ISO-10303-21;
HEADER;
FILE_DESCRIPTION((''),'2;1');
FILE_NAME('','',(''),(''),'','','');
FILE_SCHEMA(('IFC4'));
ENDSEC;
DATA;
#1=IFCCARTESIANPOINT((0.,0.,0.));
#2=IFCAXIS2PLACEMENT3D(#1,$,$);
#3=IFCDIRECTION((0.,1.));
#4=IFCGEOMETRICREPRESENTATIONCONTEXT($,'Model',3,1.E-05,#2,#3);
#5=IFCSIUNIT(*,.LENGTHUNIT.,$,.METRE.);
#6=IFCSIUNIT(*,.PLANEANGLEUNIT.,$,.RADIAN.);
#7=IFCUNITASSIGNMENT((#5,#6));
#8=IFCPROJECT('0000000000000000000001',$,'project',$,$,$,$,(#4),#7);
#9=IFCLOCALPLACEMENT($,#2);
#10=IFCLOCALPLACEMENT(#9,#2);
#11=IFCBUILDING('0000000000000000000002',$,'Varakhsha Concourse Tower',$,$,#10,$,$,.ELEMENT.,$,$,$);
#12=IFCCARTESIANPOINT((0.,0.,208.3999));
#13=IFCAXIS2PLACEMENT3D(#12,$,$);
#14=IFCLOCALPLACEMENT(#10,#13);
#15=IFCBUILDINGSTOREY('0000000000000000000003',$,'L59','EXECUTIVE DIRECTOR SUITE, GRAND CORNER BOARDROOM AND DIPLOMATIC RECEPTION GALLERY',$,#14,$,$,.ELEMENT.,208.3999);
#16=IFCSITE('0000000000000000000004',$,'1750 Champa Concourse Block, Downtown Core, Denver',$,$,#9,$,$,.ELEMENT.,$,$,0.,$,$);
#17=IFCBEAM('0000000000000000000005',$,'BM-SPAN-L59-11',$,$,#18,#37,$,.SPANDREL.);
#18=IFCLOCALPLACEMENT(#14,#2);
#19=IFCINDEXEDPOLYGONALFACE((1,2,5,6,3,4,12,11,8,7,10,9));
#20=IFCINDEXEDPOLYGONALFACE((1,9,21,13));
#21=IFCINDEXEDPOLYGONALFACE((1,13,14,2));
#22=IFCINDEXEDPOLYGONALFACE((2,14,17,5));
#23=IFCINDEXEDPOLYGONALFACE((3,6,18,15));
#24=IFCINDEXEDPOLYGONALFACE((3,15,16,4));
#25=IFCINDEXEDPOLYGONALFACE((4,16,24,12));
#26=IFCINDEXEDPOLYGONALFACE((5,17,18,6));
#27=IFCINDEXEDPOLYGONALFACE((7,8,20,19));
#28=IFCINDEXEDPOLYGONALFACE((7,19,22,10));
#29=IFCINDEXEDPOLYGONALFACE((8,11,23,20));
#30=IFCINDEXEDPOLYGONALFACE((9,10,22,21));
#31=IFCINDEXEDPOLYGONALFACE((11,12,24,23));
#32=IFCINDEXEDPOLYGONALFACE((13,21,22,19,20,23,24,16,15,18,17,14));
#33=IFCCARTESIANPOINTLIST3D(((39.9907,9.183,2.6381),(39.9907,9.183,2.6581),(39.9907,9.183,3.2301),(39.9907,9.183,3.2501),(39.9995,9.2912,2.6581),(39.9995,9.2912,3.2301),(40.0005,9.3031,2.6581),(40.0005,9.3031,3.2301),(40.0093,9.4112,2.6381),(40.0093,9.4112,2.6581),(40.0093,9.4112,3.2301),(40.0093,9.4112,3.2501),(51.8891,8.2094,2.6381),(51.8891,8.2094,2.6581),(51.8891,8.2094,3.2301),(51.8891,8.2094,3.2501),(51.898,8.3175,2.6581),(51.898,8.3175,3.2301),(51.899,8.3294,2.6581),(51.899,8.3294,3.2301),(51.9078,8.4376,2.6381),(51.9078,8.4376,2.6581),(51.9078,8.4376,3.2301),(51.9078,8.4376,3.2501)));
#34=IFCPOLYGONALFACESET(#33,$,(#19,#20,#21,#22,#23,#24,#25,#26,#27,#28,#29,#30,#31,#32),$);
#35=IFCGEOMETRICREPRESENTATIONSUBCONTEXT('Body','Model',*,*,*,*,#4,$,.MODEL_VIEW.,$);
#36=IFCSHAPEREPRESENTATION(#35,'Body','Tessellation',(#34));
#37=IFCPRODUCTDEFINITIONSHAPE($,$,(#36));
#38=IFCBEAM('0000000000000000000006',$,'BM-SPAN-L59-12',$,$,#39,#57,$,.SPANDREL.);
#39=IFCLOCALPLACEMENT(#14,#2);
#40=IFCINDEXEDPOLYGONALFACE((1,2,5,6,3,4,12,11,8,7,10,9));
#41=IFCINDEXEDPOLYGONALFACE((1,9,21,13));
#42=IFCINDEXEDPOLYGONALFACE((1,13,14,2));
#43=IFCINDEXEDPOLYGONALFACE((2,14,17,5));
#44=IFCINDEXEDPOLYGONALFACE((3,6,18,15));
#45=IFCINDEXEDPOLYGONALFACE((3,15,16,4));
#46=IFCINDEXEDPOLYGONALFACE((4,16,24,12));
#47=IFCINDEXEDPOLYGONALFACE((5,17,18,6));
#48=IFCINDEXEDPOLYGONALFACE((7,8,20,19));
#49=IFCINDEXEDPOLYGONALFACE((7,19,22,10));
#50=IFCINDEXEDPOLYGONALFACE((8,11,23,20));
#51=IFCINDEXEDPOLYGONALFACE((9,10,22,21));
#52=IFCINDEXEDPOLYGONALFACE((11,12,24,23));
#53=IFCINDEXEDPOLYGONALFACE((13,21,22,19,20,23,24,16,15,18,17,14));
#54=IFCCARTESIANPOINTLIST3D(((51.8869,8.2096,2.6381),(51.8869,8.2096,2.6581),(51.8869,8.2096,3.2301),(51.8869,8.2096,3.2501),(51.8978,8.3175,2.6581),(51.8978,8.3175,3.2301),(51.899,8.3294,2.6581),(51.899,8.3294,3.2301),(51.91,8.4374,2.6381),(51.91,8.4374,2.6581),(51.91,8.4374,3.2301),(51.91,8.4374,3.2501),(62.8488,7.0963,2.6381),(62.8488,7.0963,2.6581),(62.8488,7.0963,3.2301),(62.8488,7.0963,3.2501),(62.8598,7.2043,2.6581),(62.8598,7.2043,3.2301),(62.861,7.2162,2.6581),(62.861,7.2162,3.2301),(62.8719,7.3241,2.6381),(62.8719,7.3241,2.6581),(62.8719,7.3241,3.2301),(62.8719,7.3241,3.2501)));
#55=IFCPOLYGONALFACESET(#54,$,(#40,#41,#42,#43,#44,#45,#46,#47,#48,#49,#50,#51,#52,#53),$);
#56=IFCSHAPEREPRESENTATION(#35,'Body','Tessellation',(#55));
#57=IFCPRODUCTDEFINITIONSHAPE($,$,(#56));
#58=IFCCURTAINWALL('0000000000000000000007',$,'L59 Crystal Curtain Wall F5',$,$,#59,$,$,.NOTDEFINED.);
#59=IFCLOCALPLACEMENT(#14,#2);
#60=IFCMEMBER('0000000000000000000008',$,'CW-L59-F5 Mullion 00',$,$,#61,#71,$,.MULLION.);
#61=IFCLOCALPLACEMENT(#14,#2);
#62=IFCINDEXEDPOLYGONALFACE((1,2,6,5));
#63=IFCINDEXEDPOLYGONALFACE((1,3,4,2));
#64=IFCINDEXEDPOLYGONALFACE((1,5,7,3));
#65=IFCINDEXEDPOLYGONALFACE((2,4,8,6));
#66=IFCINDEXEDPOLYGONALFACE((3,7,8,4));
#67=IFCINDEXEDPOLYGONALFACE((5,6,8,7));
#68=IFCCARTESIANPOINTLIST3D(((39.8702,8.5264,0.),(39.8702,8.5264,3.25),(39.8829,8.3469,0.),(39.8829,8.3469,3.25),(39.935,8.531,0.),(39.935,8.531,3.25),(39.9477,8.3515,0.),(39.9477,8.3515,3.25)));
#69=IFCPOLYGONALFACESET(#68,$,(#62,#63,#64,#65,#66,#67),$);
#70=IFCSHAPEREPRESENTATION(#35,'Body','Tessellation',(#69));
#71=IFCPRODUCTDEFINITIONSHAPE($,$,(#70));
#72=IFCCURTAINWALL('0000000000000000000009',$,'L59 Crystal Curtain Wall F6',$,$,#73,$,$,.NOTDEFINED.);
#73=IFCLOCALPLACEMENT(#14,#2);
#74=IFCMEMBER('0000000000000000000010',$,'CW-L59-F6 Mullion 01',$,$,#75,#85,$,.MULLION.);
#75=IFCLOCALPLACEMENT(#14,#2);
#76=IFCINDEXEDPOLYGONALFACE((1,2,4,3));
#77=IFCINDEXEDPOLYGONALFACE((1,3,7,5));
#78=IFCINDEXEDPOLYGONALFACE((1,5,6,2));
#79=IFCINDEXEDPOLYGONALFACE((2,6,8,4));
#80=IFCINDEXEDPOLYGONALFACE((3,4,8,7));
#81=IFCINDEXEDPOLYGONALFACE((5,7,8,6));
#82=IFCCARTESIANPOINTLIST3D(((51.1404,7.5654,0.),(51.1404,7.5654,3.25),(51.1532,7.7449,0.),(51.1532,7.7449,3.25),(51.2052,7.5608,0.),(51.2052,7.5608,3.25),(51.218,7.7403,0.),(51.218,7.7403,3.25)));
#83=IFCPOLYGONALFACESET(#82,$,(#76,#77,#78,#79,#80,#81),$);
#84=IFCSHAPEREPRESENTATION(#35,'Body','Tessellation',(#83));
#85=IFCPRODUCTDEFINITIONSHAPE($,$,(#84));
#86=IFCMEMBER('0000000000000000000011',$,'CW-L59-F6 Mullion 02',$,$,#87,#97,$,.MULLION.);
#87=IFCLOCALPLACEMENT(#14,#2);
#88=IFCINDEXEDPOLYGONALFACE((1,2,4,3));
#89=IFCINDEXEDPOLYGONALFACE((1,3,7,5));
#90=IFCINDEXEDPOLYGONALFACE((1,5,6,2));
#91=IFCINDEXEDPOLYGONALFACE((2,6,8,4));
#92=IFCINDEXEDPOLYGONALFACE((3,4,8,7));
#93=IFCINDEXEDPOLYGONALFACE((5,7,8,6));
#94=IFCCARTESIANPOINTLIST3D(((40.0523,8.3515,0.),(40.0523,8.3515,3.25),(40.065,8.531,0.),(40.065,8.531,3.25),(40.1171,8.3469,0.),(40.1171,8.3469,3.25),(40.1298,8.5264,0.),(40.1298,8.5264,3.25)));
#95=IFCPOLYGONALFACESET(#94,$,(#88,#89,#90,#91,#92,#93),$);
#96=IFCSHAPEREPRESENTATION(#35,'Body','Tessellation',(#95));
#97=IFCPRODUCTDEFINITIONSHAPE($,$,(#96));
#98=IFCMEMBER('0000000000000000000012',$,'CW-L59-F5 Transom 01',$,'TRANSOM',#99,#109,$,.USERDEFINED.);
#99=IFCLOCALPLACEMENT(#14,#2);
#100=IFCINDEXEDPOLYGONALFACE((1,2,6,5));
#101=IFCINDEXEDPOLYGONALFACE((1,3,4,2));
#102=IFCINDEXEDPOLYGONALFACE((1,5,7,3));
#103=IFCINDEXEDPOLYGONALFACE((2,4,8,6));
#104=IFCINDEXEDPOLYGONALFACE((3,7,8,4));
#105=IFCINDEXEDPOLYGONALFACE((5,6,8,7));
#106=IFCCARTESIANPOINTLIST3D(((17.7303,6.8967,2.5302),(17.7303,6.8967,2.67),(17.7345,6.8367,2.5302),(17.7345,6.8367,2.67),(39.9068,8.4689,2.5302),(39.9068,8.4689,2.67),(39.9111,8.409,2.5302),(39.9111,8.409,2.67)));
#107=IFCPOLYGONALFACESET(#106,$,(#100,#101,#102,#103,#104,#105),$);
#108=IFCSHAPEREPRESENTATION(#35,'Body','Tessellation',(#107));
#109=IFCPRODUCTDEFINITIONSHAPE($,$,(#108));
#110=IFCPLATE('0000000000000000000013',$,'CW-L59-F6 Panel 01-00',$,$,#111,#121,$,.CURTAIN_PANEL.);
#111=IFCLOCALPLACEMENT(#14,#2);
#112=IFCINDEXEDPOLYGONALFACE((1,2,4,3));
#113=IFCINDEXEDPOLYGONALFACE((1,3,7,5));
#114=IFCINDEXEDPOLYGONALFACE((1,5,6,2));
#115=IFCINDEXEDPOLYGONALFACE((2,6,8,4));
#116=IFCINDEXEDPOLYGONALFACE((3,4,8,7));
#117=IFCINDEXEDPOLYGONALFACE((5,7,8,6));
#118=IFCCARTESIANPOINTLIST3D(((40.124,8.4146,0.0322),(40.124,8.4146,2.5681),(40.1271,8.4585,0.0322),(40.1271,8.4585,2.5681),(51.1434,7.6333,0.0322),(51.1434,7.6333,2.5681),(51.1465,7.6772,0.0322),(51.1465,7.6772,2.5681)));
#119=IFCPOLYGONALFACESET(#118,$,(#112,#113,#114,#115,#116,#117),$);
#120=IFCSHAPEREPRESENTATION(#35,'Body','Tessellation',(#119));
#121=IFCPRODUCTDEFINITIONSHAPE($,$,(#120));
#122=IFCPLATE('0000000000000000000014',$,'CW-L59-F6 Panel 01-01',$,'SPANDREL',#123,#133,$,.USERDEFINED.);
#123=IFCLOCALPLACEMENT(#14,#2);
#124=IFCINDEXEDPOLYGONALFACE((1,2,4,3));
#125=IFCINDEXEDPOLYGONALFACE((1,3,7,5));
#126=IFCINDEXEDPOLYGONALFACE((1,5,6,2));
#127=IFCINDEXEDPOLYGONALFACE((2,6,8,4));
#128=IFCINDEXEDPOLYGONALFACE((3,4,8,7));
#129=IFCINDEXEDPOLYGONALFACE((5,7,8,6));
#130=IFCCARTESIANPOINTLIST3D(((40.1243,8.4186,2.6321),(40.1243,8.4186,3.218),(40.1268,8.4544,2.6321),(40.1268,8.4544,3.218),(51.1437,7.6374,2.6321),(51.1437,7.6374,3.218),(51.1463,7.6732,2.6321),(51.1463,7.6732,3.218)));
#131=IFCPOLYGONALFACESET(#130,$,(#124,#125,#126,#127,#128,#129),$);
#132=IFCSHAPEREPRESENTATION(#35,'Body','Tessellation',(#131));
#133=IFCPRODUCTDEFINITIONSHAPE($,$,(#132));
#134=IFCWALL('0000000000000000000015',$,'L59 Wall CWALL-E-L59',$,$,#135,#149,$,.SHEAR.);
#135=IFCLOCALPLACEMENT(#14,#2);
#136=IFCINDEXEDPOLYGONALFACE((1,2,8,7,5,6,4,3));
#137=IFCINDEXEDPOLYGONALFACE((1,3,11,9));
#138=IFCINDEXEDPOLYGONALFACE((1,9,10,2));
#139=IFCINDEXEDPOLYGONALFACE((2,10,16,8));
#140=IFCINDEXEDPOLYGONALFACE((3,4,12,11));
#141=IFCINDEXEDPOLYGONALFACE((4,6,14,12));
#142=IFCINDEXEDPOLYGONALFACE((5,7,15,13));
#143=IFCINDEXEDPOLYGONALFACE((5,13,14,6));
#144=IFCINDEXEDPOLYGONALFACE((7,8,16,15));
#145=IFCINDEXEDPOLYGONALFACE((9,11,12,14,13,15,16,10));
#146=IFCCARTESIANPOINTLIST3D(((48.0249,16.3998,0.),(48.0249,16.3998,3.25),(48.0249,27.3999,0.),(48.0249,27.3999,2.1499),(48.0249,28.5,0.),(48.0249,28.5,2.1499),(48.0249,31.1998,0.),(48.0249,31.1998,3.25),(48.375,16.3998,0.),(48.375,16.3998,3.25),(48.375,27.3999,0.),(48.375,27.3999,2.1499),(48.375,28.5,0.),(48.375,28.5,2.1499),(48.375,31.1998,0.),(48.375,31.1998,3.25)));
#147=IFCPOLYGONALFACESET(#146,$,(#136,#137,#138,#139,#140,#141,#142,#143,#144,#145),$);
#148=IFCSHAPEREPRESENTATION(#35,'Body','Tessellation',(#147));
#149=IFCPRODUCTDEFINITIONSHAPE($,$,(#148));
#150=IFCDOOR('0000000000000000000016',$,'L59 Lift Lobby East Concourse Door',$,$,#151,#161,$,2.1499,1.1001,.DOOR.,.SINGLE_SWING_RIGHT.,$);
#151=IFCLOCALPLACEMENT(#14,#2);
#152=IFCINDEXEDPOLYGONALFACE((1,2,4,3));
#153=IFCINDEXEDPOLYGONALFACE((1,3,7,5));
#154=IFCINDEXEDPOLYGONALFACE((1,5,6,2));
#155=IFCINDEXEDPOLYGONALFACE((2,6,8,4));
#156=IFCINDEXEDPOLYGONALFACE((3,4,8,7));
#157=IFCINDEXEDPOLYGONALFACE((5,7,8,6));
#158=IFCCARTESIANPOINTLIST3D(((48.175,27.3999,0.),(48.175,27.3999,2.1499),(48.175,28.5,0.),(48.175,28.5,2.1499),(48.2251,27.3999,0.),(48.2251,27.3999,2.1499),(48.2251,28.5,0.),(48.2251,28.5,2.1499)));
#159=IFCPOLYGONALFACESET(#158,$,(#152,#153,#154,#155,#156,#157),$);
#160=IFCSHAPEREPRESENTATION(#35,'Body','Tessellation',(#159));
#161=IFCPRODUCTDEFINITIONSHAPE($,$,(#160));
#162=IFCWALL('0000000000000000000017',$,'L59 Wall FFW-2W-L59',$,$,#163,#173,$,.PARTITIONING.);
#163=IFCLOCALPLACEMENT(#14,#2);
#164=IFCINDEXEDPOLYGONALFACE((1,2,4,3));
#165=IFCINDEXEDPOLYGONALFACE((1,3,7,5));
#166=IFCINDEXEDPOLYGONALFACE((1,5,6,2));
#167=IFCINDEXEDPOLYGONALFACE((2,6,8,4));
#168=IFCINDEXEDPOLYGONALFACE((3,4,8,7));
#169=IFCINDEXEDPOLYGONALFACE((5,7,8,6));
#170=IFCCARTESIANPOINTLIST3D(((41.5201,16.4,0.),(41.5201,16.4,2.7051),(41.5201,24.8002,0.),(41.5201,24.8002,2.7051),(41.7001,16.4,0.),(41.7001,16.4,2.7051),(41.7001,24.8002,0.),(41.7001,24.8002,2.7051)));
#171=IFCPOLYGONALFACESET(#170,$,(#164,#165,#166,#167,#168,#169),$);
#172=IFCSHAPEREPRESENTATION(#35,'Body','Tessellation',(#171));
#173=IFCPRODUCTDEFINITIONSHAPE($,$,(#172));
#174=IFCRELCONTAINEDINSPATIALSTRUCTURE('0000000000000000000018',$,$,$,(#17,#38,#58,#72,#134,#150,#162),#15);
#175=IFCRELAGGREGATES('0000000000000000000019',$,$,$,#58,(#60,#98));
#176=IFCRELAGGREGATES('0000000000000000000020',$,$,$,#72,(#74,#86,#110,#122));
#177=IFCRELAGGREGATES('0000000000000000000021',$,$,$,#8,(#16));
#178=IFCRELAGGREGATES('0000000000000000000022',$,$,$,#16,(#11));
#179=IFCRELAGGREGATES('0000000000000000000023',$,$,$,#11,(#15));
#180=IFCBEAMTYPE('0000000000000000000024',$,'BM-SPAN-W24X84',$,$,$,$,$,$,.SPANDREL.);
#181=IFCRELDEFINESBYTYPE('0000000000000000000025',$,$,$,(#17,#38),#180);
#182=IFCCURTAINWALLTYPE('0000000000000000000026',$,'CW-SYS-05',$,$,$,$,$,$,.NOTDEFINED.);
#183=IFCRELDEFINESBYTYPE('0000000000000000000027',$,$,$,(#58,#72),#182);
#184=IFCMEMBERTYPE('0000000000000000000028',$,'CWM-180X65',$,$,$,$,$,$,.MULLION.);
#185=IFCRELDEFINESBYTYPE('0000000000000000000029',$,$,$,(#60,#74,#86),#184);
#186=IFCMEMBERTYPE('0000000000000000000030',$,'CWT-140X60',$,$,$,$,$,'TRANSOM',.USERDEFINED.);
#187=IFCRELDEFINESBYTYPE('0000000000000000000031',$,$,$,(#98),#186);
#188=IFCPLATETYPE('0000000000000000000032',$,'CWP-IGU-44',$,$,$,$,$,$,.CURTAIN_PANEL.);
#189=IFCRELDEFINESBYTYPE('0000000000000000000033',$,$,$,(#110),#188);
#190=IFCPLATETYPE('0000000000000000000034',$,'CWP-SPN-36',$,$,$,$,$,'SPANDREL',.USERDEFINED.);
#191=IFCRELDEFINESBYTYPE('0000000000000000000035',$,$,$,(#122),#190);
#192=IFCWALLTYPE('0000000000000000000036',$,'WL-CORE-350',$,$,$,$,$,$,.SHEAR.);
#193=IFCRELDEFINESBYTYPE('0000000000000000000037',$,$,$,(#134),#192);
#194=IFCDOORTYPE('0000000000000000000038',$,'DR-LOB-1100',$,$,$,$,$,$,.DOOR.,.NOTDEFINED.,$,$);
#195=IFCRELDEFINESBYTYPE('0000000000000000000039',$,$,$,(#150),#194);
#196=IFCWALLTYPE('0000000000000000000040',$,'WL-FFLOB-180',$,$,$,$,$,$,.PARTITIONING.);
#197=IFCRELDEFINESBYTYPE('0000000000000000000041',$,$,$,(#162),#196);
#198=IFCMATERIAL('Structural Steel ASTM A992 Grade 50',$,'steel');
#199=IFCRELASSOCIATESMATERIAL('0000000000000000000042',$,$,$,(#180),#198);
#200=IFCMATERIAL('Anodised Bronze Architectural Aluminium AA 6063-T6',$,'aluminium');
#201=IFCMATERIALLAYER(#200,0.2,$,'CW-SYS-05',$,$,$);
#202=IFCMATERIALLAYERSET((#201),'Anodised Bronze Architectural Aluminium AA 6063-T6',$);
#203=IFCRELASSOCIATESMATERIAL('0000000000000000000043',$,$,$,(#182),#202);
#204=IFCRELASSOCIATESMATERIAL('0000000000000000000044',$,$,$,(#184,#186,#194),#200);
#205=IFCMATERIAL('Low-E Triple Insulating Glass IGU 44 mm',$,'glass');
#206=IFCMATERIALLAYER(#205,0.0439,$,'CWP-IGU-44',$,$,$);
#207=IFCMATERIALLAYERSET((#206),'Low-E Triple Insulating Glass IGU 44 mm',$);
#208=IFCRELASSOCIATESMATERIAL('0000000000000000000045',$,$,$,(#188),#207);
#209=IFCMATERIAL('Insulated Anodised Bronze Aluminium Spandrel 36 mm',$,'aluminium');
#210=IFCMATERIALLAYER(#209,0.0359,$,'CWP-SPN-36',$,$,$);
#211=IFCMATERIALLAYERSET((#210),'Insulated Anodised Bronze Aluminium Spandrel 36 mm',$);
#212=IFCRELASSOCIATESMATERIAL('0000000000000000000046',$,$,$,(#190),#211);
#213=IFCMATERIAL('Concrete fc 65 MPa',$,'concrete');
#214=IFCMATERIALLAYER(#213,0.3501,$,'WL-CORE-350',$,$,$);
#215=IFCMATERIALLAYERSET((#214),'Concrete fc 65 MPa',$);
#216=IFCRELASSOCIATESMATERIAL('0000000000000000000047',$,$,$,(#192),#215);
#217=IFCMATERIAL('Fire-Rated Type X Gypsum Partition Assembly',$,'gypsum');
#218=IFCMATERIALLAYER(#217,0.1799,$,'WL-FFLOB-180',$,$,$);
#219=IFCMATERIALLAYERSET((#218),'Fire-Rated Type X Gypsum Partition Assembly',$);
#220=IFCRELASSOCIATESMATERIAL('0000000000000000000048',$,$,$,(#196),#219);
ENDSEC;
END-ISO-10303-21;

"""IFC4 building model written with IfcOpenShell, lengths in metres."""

from ifc_helpers import new_model, si_unit, direction, frame, frame_2d, origin, origin_2d, place, context, subcontext, project, spatial, rectangle, i_section, extrude, source, transform, mapped, material, layer, layer_set, material_profile, profile_set, type_object, type_shapes, element, fill, aggregate, save


model = new_model("IFC4")

# Units and contexts
model_context = context("Model", 3, precision=1e-05, world=origin(), true_north=direction((0.0, 1.0)))
body_context = subcontext(model_context, "Body", "Model", "MODEL_VIEW")
ifc_project = project(units=[si_unit("LENGTHUNIT", "METRE"), si_unit("PLANEANGLEUNIT", "RADIAN")], contexts=[model_context])

# Site, building, storey
site_placement = place(None, origin())
site = spatial("IfcSite", under=ifc_project, at=site_placement, Name="1750 Champa Concourse Block, Downtown Core, Denver", CompositionType="ELEMENT", RefElevation=0.0)
building_placement = place(site_placement, origin())
building = spatial("IfcBuilding", under=site, at=building_placement, Name="Varakhsha Concourse Tower", CompositionType="ELEMENT")
storey_placement = place(building_placement, frame((0.0, 0.0, 208.3999)))
storey = spatial("IfcBuildingStorey", under=building, at=storey_placement, Name="L59", Description="EXECUTIVE DIRECTOR SUITE, GRAND CORNER BOARDROOM AND DIPLOMATIC RECEPTION GALLERY", CompositionType="ELEMENT", Elevation=208.3999)

# Shared definitions
ifc_material_1 = material(Name="Structural Steel ASTM A992 Grade 50", Category="steel")
ifc_material_2 = material(Name="Concrete fc 65 MPa", Category="concrete")

# Beams
ifc_material_profile_1 = material_profile(ifc_material_1, i_section(OverallWidth=0.229, OverallDepth=0.6121, WebThickness=0.012, FlangeThickness=0.02, at=origin_2d()), Name="W24X84")
ifc_profile_set_1 = profile_set([ifc_material_profile_1], Name="Structural Steel ASTM A992 Grade 50")
beam_type_1 = type_object("IfcBeamType", Name="BM-SPAN-W24X84", PredefinedType="SPANDREL", material=ifc_profile_set_1)
beam_1_placement = place(storey_placement, frame((40.0, 9.2971, 2.9441), z_axis=(0.996669, -0.081556, 0.0), x_axis=(0.081556, 0.996669, 0.0)))
element("IfcBeam", 1, at=beam_1_placement, inside=storey, type_object=beam_type_1, Name="BM-SPAN-L59-11", PredefinedType="SPANDREL", context=body_context, shape_type="SweptSolid", body=[
    extrude(i_section(OverallWidth=0.229, OverallDepth=0.6121, WebThickness=0.012, FlangeThickness=0.02, at=origin_2d()), origin(), (0.0, 0.0, 1.0), 11.9382),
])
beam_2_placement = place(storey_placement, frame((51.8984, 8.3235, 2.9441), z_axis=(0.994882, -0.101039, 0.0), x_axis=(0.101039, 0.994882, 0.0)))
element("IfcBeam", 2, at=beam_2_placement, inside=storey, type_object=beam_type_1, Name="BM-SPAN-L59-12", PredefinedType="SPANDREL", context=body_context, shape_type="SweptSolid", body=[
    extrude(i_section(OverallWidth=0.229, OverallDepth=0.6121, WebThickness=0.012, FlangeThickness=0.02, at=origin_2d()), origin(), (0.0, 0.0, 1.0), 11.0183),
])

# Curtain wall, member
ifc_material_3 = material(Name="Anodised Bronze Architectural Aluminium AA 6063-T6", Category="aluminium")
ifc_layer_1 = layer(ifc_material_3, 0.2, Name="CW-SYS-05")
ifc_layer_set_1 = layer_set([ifc_layer_1], Name="Anodised Bronze Architectural Aluminium AA 6063-T6")
curtain_wall_type = type_object("IfcCurtainWallType", Name="CW-SYS-05", PredefinedType="NOTDEFINED", material=ifc_layer_set_1)
curtain_wall_1_placement = place(storey_placement, origin())
curtain_wall_1 = element("IfcCurtainWall", 3, at=curtain_wall_1_placement, inside=storey, type_object=curtain_wall_type, Name="L59 Crystal Curtain Wall F5", PredefinedType="NOTDEFINED")
ifc_material_profile_2 = material_profile(ifc_material_3, rectangle(XDim=0.0649, YDim=0.1799, at=origin_2d()), Name="CWM-180X65")
ifc_profile_set_2 = profile_set([ifc_material_profile_2], Name="Anodised Bronze Architectural Aluminium AA 6063-T6")
member_type_1 = type_object("IfcMemberType", Name="CWM-180X65", PredefinedType="MULLION", material=ifc_profile_set_2)
shared_shape_1 = source(origin(), body_context, "Body", "SweptSolid", [
    extrude(rectangle(XDim=0.0649, YDim=0.1799, at=origin_2d()), origin(), (0.0, 0.0, 1.0), 3.25),
])
type_shapes(member_type_1, [shared_shape_1])
member_1_placement = place(storey_placement, frame((39.9089, 8.439, 0.0), z_axis=(0.0, 0.0, 1.0), x_axis=(-0.997496, -0.070723, 0.0)))
member_1 = element("IfcMember", 4, at=member_1_placement, type_object=member_type_1, Name="CW-L59-F5 Mullion 00", PredefinedType="MULLION", context=body_context, shape_type="MappedRepresentation", body=[
    mapped(shared_shape_1, transform((0.0, 0.0, 0.0), scale=1.0)),
])

# Curtain wall, members
curtain_wall_2_placement = place(storey_placement, origin())
curtain_wall_2 = element("IfcCurtainWall", 5, at=curtain_wall_2_placement, inside=storey, type_object=curtain_wall_type, Name="L59 Crystal Curtain Wall F6", PredefinedType="NOTDEFINED")
member_2_placement = place(storey_placement, frame((51.1792, 7.6528, 0.0), z_axis=(0.0, 0.0, 1.0), x_axis=(-0.997496, 0.070723, 0.0)))
member_2 = element("IfcMember", 6, at=member_2_placement, type_object=member_type_1, Name="CW-L59-F6 Mullion 01", PredefinedType="MULLION", context=body_context, shape_type="MappedRepresentation", body=[
    mapped(shared_shape_1, transform((0.0, 0.0, 0.0), scale=1.0)),
])
member_3_placement = place(storey_placement, frame((40.0911, 8.439, 0.0), z_axis=(0.0, 0.0, 1.0), x_axis=(-0.997496, 0.070723, 0.0)))
member_3 = element("IfcMember", 7, at=member_3_placement, type_object=member_type_1, Name="CW-L59-F6 Mullion 02", PredefinedType="MULLION", context=body_context, shape_type="MappedRepresentation", body=[
    mapped(shared_shape_1, transform((0.0, 0.0, 0.0), scale=1.0)),
])

# Member
ifc_material_profile_3 = material_profile(ifc_material_3, rectangle(XDim=0.0601, YDim=0.1399, at=origin_2d()), Name="CWT-140X60")
ifc_profile_set_3 = profile_set([ifc_material_profile_3], Name="Anodised Bronze Architectural Aluminium AA 6063-T6")
member_type_2 = type_object("IfcMemberType", Name="CWT-140X60", ElementType="TRANSOM", PredefinedType="USERDEFINED", material=ifc_profile_set_3)
shared_shape_2 = source(origin(), body_context, "Body", "SweptSolid", [
    extrude(rectangle(XDim=0.0601, YDim=0.1399, at=origin_2d()), origin(), (0.0, 0.0, 1.0), 22.2322),
])
type_shapes(member_type_2, [shared_shape_2])
member_4_placement = place(storey_placement, frame((39.9089, 8.439, 2.6001), z_axis=(-0.997496, -0.07072, 0.0), x_axis=(0.07072, -0.997496, 0.0)))
member_4 = element("IfcMember", 8, at=member_4_placement, type_object=member_type_2, Name="CW-L59-F5 Transom 01", ObjectType="TRANSOM", PredefinedType="USERDEFINED", context=body_context, shape_type="MappedRepresentation", body=[
    mapped(shared_shape_2, transform((0.0, 0.0, 0.0), scale=1.0)),
])
aggregate(curtain_wall_1, [member_1, member_4])

# Plates
ifc_material_4 = material(Name="Low-E Triple Insulating Glass IGU 44 mm", Category="glass")
ifc_layer_2 = layer(ifc_material_4, 0.0439, Name="CWP-IGU-44")
ifc_layer_set_2 = layer_set([ifc_layer_2], Name="Low-E Triple Insulating Glass IGU 44 mm")
plate_type_1 = type_object("IfcPlateType", Name="CWP-IGU-44", PredefinedType="CURTAIN_PANEL", material=ifc_layer_set_2)
shared_shape_3 = source(origin(), body_context, "Body", "SweptSolid", [
    extrude(rectangle(XDim=11.0471, YDim=0.0439, at=origin_2d()), origin(), (0.0, 0.0, 1.0), 2.5359),
])
type_shapes(plate_type_1, [shared_shape_3])
plate_1_placement = place(storey_placement, frame((45.6353, 8.0459, 0.0322), z_axis=(0.0, 0.0, 1.0), x_axis=(-0.997496, 0.070723, 0.0)))
plate_1 = element("IfcPlate", 9, at=plate_1_placement, type_object=plate_type_1, Name="CW-L59-F6 Panel 01-00", PredefinedType="CURTAIN_PANEL", context=body_context, shape_type="MappedRepresentation", body=[
    mapped(shared_shape_3, transform((0.0, 0.0, 0.0), scale=1.0)),
])
ifc_material_5 = material(Name="Insulated Anodised Bronze Aluminium Spandrel 36 mm", Category="aluminium")
ifc_layer_3 = layer(ifc_material_5, 0.0359, Name="CWP-SPN-36")
ifc_layer_set_3 = layer_set([ifc_layer_3], Name="Insulated Anodised Bronze Aluminium Spandrel 36 mm")
plate_type_2 = type_object("IfcPlateType", Name="CWP-SPN-36", ElementType="SPANDREL", PredefinedType="USERDEFINED", material=ifc_layer_set_3)
shared_shape_4 = source(origin(), body_context, "Body", "SweptSolid", [
    extrude(rectangle(XDim=11.0471, YDim=0.0359, at=origin_2d()), origin(), (0.0, 0.0, 1.0), 0.5859),
])
type_shapes(plate_type_2, [shared_shape_4])
plate_2_placement = place(storey_placement, frame((45.6353, 8.0459, 2.6321), z_axis=(0.0, 0.0, 1.0), x_axis=(-0.997496, 0.070723, 0.0)))
plate_2 = element("IfcPlate", 10, at=plate_2_placement, type_object=plate_type_2, Name="CW-L59-F6 Panel 01-01", ObjectType="SPANDREL", PredefinedType="USERDEFINED", context=body_context, shape_type="MappedRepresentation", body=[
    mapped(shared_shape_4, transform((0.0, 0.0, 0.0), scale=1.0)),
])
aggregate(curtain_wall_2, [member_2, member_3, plate_1, plate_2])

# Wall, opening, door
ifc_layer_4 = layer(ifc_material_2, 0.3501, Name="WL-CORE-350")
ifc_layer_set_4 = layer_set([ifc_layer_4], Name="Concrete fc 65 MPa")
wall_type_1 = type_object("IfcWallType", Name="WL-CORE-350", PredefinedType="SHEAR", material=ifc_layer_set_4)
wall_1_placement = place(storey_placement, frame((48.2, 16.3999, 0.0), z_axis=(0.0, 0.0, 1.0), x_axis=(0.0, 1.0, 0.0)))
wall_1 = element("IfcWall", 11, at=wall_1_placement, inside=storey, type_object=wall_type_1, Name="L59 Wall CWALL-E-L59", PredefinedType="SHEAR", context=body_context, shape_type="SweptSolid", body=[
    extrude(rectangle(XDim=14.8, YDim=0.3501, at=frame_2d((7.3999, 0.0))), origin(), (0.0, 0.0, 1.0), 3.25),
])
opening_1_placement = place(wall_1_placement, frame((11.0, 0.0, 0.0)))
opening_1 = element("IfcOpeningElement", 12, at=opening_1_placement, cuts=wall_1, PredefinedType="OPENING", context=body_context, shape_type="SweptSolid", body=[
    extrude(rectangle(XDim=1.1001, YDim=2.1499, at=frame_2d((0.55, 1.075))), frame((0.0, 0.1851, 0.0), z_axis=(0.0, -1.0, 0.0), x_axis=(1.0, 0.0, 0.0)), (0.0, 0.0, 1.0), 0.3701),
])
door_type_1 = type_object("IfcDoorType", Name="DR-LOB-1100", OperationType="NOTDEFINED", PredefinedType="DOOR", material=ifc_material_3)
door_1_placement = place(opening_1_placement, origin())
door_1 = element("IfcDoor", 13, at=door_1_placement, inside=storey, type_object=door_type_1, Name="L59 Lift Lobby East Concourse Door", OperationType="SINGLE_SWING_RIGHT", OverallHeight=2.1499, OverallWidth=1.1001, PredefinedType="DOOR", context=body_context, shape_type="SweptSolid", body=[
    extrude(rectangle(XDim=1.1001, YDim=2.1499, at=frame_2d((0.55, 1.075))), frame((0.0, 0.0249, 0.0), z_axis=(0.0, -1.0, 0.0), x_axis=(1.0, 0.0, 0.0)), (0.0, 0.0, 1.0), 0.05),
])
fill(opening_1, door_1)

# Wall
ifc_material_6 = material(Name="Fire-Rated Type X Gypsum Partition Assembly", Category="gypsum")
ifc_layer_5 = layer(ifc_material_6, 0.1799, Name="WL-FFLOB-180")
ifc_layer_set_5 = layer_set([ifc_layer_5], Name="Fire-Rated Type X Gypsum Partition Assembly")
wall_type_2 = type_object("IfcWallType", Name="WL-FFLOB-180", PredefinedType="PARTITIONING", material=ifc_layer_set_5)
wall_2_placement = place(storey_placement, frame((41.6101, 16.3999, 0.0), z_axis=(0.0, 0.0, 1.0), x_axis=(0.0, 1.0, 0.0)))
element("IfcWall", 14, at=wall_2_placement, inside=storey, type_object=wall_type_2, Name="L59 Wall FFW-2W-L59", PredefinedType="PARTITIONING", context=body_context, shape_type="SweptSolid", body=[
    extrude(rectangle(XDim=8.4001, YDim=0.1799, at=frame_2d((4.2002, 0.0))), origin(), (0.0, 0.0, 1.0), 2.7051),
])

save(model, "model.ifc")
